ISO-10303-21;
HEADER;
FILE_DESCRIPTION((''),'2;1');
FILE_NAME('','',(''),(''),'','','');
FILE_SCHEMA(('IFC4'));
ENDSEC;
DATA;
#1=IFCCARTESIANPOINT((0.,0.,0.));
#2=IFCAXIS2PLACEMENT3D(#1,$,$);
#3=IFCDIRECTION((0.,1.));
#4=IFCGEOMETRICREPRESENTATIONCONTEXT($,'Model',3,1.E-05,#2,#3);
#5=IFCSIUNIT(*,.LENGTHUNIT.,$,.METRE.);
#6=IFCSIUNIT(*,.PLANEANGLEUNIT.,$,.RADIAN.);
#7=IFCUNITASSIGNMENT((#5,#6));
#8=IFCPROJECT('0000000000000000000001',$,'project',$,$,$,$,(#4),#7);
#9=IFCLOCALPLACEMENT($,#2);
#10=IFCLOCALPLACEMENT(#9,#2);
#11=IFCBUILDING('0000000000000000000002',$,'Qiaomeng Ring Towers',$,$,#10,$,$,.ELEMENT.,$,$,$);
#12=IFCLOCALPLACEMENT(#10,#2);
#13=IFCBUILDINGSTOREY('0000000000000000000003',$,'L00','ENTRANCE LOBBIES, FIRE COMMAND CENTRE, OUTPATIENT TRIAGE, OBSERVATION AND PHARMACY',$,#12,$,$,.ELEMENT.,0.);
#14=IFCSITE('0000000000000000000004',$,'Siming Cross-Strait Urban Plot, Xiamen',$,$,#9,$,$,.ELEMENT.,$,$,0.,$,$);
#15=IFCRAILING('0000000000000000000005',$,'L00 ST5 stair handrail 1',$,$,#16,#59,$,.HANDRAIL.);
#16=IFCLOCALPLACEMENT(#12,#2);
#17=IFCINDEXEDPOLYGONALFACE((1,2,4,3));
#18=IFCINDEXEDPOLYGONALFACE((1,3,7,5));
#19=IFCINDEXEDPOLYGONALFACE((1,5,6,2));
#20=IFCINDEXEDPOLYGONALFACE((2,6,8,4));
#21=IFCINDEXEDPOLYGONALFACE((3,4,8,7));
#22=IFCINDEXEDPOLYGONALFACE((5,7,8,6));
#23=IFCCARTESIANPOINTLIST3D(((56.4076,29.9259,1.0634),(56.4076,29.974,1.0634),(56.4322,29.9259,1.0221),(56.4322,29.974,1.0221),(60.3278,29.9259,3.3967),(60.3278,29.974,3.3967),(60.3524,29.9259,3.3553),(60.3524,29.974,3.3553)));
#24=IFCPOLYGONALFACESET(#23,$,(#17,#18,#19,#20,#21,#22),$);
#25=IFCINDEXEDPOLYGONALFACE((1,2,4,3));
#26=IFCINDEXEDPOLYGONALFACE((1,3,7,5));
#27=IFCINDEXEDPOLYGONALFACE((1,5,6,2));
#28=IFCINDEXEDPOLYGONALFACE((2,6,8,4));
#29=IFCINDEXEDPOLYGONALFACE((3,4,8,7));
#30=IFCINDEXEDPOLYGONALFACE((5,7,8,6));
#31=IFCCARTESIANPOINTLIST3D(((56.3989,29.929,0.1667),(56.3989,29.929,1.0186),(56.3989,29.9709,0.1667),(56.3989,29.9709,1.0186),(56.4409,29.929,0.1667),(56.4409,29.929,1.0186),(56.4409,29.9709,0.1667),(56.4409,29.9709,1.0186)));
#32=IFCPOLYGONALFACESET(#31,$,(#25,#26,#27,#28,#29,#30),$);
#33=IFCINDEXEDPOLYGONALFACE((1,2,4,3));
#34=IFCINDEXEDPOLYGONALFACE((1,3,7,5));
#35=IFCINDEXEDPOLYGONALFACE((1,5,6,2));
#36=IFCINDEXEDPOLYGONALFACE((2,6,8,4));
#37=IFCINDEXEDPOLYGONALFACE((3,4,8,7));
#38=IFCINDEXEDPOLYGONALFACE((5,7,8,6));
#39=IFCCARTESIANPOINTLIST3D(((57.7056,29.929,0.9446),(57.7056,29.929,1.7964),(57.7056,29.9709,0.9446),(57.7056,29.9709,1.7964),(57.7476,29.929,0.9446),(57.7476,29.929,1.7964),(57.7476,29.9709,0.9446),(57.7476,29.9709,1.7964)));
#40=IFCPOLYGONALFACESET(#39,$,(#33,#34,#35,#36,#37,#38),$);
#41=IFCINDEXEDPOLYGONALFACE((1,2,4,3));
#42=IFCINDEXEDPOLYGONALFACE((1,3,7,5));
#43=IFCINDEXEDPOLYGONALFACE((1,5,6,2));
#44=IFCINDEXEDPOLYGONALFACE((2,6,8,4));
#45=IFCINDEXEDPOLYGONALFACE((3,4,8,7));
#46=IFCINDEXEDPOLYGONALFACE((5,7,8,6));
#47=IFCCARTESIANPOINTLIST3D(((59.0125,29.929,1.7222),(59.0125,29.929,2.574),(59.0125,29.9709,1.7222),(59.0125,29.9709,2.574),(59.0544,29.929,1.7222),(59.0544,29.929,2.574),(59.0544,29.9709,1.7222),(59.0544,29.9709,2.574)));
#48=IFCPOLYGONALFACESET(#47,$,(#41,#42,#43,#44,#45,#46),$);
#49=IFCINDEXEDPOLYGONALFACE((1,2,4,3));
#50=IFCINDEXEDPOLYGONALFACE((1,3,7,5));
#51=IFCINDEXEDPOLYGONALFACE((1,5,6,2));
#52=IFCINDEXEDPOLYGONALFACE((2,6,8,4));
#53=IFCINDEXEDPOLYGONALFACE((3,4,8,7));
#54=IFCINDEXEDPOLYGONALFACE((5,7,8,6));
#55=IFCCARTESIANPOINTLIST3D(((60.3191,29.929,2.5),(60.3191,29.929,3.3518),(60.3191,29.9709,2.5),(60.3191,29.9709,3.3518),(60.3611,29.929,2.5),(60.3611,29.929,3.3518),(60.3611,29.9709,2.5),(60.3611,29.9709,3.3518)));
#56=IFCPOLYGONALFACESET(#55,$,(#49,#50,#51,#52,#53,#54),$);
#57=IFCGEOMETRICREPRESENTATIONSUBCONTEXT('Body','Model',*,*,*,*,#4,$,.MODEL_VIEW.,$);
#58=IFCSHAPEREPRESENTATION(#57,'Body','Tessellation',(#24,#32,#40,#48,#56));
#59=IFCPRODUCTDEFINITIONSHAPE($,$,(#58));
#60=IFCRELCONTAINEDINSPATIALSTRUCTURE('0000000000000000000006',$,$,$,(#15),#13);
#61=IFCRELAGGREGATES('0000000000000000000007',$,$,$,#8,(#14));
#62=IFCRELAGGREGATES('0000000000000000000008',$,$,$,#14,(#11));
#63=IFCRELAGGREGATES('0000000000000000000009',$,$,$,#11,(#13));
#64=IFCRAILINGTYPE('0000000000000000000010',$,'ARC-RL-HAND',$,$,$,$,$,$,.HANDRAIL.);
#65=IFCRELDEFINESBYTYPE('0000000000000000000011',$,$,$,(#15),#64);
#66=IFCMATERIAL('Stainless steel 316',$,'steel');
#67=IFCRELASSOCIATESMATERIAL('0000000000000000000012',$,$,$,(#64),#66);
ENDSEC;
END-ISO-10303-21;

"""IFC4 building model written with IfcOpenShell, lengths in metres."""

from ifc_helpers import new_model, si_unit, direction, frame, origin, origin_2d, place, context, subcontext, project, spatial, rectangle, extrude, material, type_object, element, save


model = new_model("IFC4")

# Units and contexts
model_context = context("Model", 3, precision=1e-05, world=origin(), true_north=direction((0.0, 1.0)))
body_context = subcontext(model_context, "Body", "Model", "MODEL_VIEW")
ifc_project = project(units=[si_unit("LENGTHUNIT", "METRE"), si_unit("PLANEANGLEUNIT", "RADIAN")], contexts=[model_context])

# Site, building, storey
site_placement = place(None, origin())
site = spatial("IfcSite", under=ifc_project, at=site_placement, Name="Siming Cross-Strait Urban Plot, Xiamen", CompositionType="ELEMENT", RefElevation=0.0)
building_placement = place(site_placement, origin())
building = spatial("IfcBuilding", under=site, at=building_placement, Name="Qiaomeng Ring Towers", CompositionType="ELEMENT")
storey_placement = place(building_placement, origin())
storey = spatial("IfcBuildingStorey", under=building, at=storey_placement, Name="L00", Description="ENTRANCE LOBBIES, FIRE COMMAND CENTRE, OUTPATIENT TRIAGE, OBSERVATION AND PHARMACY", CompositionType="ELEMENT", Elevation=0.0)

# Railing
ifc_material_1 = material(Name="Stainless steel 316", Category="steel")
railing_type_1 = type_object("IfcRailingType", Name="ARC-RL-HAND", PredefinedType="HANDRAIL", material=ifc_material_1)
railing_1_placement = place(storey_placement, frame((56.4199, 29.95, 0.1667)))
element("IfcRailing", 1, at=railing_1_placement, inside=storey, type_object=railing_type_1, Name="L00 ST5 stair handrail 1", PredefinedType="HANDRAIL", context=body_context, shape_type="SweptSolid", body=[
    extrude(rectangle(XDim=0.0481, YDim=0.0481, at=origin_2d()), frame((0.0, 0.0, 0.876), z_axis=(0.85931, 0.0, 0.511455), x_axis=(0.0, 1.0, 0.0)), (0.0, 0.0, 1.0), 4.562),
    extrude(rectangle(XDim=0.042, YDim=0.042, at=origin_2d()), origin(), (0.0, 0.0, 1.0), 0.8518),
    extrude(rectangle(XDim=0.042, YDim=0.042, at=origin_2d()), frame((1.3066, 0.0, 0.7778)), (0.0, 0.0, 1.0), 0.8518),
    extrude(rectangle(XDim=0.042, YDim=0.042, at=origin_2d()), frame((2.6135, 0.0, 1.5554)), (0.0, 0.0, 1.0), 0.8518),
    extrude(rectangle(XDim=0.042, YDim=0.042, at=origin_2d()), frame((3.9202, 0.0, 2.3333)), (0.0, 0.0, 1.0), 0.8518),
])

save(model, "model.ifc")
